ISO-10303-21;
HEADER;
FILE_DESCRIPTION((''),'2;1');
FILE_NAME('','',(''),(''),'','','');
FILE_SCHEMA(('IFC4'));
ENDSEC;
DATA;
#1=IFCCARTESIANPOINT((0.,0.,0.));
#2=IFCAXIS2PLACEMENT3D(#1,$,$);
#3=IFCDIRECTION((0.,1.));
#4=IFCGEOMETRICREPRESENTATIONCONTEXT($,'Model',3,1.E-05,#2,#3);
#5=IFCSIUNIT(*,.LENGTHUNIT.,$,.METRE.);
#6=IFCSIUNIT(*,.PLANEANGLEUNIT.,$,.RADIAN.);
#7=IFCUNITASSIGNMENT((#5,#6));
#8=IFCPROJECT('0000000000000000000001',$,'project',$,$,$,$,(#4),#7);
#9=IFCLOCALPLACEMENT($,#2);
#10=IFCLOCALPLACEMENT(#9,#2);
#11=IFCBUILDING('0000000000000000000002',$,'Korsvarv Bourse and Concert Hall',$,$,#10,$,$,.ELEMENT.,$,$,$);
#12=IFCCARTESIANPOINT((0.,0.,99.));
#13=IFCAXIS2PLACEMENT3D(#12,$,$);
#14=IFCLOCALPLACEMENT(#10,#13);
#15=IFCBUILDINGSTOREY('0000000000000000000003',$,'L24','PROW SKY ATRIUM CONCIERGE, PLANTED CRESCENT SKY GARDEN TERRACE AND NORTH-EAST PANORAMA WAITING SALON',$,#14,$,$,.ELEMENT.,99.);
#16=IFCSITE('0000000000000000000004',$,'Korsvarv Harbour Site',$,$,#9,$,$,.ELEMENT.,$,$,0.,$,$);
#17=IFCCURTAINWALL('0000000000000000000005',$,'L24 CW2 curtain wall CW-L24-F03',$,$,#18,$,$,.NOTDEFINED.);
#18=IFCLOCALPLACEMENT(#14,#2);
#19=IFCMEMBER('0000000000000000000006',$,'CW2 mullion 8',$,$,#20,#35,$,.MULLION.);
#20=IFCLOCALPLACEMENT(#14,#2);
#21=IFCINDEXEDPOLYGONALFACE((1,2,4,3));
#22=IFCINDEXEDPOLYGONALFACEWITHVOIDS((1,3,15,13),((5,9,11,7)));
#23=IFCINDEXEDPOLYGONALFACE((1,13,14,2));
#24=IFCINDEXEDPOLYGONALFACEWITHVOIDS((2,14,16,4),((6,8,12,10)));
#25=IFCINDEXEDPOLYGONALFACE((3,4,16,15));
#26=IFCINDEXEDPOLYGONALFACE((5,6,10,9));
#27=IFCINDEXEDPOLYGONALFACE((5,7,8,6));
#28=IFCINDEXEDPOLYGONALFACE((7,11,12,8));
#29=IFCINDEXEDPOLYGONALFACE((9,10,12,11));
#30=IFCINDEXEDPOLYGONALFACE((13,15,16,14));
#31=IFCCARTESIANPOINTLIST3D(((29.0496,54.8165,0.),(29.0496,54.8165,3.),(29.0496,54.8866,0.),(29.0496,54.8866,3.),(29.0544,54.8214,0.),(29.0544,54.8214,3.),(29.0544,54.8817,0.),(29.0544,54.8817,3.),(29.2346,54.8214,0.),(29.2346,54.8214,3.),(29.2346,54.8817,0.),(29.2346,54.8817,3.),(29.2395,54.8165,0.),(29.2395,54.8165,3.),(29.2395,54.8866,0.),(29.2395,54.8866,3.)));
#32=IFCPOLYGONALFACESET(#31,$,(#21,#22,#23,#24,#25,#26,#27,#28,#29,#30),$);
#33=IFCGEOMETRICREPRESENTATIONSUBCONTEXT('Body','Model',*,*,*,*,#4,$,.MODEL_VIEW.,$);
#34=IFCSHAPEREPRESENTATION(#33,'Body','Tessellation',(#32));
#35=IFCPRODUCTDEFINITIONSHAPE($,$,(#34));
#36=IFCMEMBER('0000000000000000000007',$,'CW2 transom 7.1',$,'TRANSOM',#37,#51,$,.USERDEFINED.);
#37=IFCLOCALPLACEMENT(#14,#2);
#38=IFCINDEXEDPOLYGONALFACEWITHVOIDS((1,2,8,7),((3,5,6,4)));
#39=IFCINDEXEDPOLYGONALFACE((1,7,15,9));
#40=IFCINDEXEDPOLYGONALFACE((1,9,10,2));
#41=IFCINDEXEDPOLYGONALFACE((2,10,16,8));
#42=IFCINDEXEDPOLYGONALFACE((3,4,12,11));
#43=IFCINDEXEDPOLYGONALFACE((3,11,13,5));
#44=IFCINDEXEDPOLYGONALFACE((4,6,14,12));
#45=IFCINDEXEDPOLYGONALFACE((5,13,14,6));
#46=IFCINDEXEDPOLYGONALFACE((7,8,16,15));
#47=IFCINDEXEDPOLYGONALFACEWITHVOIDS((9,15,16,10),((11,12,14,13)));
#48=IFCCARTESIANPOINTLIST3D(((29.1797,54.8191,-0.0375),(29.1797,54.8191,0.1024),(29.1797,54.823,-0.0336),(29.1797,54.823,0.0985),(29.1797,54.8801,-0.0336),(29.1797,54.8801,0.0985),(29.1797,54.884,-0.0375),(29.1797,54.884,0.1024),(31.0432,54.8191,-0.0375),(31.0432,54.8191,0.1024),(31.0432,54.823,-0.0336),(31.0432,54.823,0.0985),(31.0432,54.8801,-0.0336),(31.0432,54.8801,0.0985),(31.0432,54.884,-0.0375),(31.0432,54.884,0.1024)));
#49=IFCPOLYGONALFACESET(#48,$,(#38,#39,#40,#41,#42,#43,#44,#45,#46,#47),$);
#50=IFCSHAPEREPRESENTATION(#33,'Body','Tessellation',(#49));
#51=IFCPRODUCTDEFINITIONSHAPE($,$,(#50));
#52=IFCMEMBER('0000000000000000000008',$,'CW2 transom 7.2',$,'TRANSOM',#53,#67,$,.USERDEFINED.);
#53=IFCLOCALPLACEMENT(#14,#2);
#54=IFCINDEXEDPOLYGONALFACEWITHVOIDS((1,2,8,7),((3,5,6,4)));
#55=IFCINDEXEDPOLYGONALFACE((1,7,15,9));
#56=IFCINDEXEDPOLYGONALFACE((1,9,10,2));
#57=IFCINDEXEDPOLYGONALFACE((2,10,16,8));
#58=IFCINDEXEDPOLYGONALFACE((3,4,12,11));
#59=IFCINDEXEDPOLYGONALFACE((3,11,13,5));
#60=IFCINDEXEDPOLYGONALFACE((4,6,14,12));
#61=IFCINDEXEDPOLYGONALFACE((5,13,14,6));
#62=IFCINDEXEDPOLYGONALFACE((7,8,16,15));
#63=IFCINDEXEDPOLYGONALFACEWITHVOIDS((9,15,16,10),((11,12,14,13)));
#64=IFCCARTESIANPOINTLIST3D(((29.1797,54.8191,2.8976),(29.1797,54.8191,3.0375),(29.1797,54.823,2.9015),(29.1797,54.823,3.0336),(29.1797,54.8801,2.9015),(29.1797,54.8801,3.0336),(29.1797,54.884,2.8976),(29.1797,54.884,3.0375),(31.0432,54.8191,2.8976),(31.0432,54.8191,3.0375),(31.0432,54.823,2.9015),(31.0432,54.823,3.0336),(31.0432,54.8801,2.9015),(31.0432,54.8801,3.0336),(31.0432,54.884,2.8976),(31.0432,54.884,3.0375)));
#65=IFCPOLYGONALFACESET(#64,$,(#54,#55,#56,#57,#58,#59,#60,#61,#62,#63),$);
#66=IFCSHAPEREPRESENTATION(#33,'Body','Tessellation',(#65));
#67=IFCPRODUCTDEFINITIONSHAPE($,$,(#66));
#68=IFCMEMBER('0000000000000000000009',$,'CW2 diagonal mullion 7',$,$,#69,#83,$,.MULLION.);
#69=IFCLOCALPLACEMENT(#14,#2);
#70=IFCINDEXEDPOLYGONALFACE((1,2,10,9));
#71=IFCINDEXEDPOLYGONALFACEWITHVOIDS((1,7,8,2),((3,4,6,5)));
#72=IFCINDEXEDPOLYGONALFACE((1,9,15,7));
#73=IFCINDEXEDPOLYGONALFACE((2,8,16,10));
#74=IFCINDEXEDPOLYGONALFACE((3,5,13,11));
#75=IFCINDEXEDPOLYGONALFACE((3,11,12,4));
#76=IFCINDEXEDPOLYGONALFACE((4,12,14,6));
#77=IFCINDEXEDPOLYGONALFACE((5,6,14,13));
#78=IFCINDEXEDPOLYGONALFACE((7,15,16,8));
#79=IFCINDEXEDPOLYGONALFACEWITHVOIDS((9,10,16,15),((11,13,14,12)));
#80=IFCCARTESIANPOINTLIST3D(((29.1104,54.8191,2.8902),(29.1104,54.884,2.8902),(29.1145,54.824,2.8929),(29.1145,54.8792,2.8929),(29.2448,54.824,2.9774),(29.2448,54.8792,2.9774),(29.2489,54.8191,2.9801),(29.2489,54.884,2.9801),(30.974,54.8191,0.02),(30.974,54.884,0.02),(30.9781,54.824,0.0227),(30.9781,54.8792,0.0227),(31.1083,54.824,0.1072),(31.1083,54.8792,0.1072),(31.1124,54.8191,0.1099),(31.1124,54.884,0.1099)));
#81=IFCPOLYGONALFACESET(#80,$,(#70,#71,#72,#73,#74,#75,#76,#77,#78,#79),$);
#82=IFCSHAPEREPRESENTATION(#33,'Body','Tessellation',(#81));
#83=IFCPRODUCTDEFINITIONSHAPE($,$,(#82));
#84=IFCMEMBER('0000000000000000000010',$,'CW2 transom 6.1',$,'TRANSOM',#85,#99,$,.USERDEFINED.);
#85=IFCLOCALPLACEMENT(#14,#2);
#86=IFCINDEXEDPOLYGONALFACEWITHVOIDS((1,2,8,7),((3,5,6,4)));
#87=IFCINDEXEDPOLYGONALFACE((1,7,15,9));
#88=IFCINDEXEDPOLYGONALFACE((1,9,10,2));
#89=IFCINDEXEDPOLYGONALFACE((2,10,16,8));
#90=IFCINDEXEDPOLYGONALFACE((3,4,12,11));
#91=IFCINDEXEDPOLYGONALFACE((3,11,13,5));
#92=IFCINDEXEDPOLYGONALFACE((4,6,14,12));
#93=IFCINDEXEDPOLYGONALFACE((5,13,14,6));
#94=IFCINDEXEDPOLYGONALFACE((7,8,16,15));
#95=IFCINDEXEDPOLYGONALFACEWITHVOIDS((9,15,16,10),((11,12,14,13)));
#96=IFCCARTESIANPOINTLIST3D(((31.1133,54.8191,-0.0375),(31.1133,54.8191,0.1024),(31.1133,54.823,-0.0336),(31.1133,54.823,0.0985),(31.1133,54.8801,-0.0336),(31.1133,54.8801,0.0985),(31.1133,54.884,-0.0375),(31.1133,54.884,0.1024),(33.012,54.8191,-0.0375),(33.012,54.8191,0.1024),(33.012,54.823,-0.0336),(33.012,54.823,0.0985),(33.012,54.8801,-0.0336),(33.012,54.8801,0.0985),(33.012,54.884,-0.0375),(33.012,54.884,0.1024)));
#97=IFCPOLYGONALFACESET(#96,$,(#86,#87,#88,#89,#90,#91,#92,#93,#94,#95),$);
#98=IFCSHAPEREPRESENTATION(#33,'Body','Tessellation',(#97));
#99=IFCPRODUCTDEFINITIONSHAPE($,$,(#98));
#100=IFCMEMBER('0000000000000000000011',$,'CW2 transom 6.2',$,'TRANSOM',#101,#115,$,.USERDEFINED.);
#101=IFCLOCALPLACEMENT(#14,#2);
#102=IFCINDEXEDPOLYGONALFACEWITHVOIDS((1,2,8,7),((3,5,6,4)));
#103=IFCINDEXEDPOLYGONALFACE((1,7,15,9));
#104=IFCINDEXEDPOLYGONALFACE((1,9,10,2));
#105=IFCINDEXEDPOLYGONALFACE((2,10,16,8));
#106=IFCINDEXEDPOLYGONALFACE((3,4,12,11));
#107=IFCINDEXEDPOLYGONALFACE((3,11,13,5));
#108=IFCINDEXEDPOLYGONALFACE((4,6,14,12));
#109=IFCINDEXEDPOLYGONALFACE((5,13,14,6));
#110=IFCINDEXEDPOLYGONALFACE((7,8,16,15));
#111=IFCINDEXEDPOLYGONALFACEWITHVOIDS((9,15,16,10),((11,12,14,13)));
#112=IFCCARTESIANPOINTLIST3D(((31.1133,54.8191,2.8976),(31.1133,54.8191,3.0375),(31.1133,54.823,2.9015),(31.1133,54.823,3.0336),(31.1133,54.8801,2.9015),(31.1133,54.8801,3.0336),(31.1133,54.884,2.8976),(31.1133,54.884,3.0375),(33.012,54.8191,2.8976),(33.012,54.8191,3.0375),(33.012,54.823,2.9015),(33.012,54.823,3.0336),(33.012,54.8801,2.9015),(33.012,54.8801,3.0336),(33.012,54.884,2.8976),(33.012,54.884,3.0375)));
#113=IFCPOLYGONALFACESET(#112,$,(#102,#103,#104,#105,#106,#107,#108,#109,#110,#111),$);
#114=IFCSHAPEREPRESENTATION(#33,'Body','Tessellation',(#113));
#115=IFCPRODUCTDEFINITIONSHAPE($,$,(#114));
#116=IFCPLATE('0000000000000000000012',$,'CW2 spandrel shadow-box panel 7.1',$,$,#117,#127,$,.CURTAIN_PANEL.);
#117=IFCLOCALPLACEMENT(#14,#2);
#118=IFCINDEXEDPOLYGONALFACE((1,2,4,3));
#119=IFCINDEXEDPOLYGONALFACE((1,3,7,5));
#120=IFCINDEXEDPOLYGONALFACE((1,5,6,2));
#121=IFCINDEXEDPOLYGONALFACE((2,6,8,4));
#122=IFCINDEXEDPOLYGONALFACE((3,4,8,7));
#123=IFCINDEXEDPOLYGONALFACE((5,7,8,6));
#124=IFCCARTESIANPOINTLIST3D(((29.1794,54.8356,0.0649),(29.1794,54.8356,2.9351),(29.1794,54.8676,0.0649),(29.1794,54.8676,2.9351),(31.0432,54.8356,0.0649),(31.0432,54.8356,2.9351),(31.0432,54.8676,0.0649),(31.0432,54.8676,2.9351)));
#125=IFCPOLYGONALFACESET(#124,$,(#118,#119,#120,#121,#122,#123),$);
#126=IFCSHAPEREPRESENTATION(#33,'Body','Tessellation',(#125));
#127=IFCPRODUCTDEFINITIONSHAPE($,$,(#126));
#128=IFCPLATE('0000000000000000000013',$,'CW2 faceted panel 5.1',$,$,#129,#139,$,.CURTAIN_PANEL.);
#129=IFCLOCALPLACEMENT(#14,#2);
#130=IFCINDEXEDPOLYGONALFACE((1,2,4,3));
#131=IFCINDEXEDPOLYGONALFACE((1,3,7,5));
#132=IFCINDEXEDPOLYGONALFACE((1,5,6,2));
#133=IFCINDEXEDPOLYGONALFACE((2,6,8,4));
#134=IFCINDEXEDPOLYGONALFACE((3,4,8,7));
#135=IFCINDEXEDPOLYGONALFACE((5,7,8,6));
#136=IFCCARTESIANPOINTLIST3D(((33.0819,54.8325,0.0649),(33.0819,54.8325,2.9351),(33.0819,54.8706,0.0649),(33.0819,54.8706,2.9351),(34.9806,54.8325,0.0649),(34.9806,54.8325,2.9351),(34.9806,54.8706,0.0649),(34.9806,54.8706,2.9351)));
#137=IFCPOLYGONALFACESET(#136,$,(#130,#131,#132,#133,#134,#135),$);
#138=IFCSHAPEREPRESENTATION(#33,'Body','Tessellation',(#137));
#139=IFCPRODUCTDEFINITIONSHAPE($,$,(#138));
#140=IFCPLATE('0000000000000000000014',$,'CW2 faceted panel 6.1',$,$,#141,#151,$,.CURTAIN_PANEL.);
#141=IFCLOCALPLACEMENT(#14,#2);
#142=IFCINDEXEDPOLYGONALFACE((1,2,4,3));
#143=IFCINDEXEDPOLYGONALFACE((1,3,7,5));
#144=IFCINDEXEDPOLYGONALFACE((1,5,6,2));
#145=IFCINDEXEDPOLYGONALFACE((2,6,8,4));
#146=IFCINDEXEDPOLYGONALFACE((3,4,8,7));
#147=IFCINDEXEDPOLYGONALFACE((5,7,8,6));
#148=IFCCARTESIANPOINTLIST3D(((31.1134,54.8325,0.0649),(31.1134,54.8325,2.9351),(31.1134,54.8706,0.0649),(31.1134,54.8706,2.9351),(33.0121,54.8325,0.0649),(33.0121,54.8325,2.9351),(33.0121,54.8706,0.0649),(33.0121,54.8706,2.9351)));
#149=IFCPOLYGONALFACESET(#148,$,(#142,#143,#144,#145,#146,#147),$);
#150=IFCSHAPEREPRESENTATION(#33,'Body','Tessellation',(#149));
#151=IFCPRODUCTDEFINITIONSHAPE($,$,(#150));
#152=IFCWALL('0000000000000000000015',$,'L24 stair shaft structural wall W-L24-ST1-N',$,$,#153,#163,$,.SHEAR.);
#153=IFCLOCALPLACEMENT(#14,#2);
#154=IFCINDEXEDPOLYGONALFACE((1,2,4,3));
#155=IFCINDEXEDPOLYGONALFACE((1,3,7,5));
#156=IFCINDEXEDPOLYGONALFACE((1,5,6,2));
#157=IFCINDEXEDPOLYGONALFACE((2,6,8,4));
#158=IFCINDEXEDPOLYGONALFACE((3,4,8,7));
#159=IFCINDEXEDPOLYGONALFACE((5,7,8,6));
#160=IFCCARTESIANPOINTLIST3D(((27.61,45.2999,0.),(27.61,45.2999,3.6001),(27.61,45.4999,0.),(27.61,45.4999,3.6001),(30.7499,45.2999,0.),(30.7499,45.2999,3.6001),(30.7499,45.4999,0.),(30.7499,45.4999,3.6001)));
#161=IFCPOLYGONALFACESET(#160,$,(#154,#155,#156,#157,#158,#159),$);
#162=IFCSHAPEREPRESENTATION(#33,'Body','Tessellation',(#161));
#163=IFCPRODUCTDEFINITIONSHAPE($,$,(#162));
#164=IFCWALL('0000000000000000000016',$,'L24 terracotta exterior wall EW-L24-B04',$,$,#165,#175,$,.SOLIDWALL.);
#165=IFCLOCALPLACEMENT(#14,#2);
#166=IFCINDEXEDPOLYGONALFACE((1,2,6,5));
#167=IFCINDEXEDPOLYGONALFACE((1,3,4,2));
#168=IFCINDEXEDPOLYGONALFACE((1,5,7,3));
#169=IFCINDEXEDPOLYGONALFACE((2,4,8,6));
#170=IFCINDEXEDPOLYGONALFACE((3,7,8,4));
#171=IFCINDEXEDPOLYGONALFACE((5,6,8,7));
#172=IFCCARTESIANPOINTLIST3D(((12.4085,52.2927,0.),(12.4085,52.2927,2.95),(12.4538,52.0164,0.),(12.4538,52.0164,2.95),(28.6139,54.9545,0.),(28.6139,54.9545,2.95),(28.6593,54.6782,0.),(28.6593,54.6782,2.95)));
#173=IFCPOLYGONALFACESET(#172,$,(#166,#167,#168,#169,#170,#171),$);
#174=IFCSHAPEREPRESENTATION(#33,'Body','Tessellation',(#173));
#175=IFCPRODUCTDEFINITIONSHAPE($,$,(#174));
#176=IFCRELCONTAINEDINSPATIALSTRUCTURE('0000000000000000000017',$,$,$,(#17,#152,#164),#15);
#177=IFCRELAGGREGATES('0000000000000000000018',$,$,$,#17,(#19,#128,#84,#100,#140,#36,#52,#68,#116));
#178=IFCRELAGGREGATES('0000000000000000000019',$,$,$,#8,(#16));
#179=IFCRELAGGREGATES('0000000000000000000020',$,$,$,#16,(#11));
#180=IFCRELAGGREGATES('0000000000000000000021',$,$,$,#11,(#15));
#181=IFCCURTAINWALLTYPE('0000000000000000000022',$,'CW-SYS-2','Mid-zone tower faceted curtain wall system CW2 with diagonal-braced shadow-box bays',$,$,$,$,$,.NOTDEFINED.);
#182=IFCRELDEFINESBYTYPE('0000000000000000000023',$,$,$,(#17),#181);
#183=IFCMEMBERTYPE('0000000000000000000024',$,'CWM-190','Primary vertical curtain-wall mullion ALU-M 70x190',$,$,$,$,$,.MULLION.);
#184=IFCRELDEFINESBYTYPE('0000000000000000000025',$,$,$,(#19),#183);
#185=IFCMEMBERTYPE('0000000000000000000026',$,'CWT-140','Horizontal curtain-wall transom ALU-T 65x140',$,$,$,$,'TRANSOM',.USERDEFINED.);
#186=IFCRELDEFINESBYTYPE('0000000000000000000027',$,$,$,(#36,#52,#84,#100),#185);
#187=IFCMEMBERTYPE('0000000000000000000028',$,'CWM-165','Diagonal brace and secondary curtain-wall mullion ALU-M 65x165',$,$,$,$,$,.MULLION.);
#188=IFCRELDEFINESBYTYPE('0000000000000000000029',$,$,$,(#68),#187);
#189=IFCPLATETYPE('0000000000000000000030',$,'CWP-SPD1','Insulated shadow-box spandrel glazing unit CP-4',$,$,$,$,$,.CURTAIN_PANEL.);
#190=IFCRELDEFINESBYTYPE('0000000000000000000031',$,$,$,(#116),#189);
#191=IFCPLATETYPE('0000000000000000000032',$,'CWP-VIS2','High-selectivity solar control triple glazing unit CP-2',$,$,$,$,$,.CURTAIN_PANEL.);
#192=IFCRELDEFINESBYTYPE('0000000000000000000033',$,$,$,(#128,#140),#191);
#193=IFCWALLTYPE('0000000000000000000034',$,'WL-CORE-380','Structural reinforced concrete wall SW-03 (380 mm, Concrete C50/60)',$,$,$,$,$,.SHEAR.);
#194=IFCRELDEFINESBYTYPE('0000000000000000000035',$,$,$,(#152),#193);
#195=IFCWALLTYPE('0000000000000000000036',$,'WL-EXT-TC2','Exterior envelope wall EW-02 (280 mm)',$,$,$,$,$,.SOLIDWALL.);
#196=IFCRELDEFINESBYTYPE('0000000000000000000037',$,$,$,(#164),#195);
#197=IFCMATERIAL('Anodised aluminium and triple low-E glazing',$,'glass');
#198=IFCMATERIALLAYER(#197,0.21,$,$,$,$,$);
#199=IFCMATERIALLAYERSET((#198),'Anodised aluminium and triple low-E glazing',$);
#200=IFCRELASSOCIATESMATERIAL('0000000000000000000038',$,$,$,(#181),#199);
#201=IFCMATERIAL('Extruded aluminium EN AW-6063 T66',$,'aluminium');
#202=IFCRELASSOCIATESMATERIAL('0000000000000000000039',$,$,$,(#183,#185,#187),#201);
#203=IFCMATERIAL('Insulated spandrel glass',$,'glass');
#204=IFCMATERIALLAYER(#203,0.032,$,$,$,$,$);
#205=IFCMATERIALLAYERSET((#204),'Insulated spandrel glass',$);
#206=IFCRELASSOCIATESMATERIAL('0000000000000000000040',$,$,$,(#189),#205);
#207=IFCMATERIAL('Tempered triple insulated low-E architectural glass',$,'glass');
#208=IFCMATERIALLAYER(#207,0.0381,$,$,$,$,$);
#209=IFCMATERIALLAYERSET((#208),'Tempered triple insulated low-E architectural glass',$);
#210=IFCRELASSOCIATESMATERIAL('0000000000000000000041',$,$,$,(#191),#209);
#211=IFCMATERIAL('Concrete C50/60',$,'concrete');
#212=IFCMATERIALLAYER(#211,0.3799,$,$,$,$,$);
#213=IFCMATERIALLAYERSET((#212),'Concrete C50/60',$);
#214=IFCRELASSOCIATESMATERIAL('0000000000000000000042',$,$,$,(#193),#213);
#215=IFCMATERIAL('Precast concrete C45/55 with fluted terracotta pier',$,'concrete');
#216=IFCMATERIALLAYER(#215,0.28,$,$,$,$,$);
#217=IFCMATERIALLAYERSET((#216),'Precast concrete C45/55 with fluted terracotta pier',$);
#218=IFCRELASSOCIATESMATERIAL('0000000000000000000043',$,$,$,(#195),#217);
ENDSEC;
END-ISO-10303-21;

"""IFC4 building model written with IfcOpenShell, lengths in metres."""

from ifc_helpers import new_model, si_unit, direction, frame, frame_2d, origin, origin_2d, place, context, subcontext, project, spatial, rectangle, hollow_rectangle, extrude, source, transform, mapped, material, layer, layer_set, material_profile, profile_set, type_object, element, aggregate, save


model = new_model("IFC4")

# Units and contexts
model_context = context("Model", 3, precision=1e-05, world=origin(), true_north=direction((0.0, 1.0)))
body_context = subcontext(model_context, "Body", "Model", "MODEL_VIEW")
ifc_project = project(units=[si_unit("LENGTHUNIT", "METRE"), si_unit("PLANEANGLEUNIT", "RADIAN")], contexts=[model_context])

# Site, building, storey
site_placement = place(None, origin())
site = spatial("IfcSite", under=ifc_project, at=site_placement, Name="Korsvarv Harbour Site", CompositionType="ELEMENT", RefElevation=0.0)
building_placement = place(site_placement, origin())
building = spatial("IfcBuilding", under=site, at=building_placement, Name="Korsvarv Bourse and Concert Hall", CompositionType="ELEMENT")
storey_placement = place(building_placement, frame((0.0, 0.0, 99.0)))
storey = spatial("IfcBuildingStorey", under=building, at=storey_placement, Name="L24", Description="PROW SKY ATRIUM CONCIERGE, PLANTED CRESCENT SKY GARDEN TERRACE AND NORTH-EAST PANORAMA WAITING SALON", CompositionType="ELEMENT", Elevation=99.0)

# Curtain wall, members, plates
ifc_material_1 = material(Name="Anodised aluminium and triple low-E glazing", Category="glass")
ifc_layer_1 = layer(ifc_material_1, 0.21)
ifc_layer_set_1 = layer_set([ifc_layer_1], Name="Anodised aluminium and triple low-E glazing")
curtain_wall_type = type_object("IfcCurtainWallType", Name="CW-SYS-2", Description="Mid-zone tower faceted curtain wall system CW2 with diagonal-braced shadow-box bays", PredefinedType="NOTDEFINED", material=ifc_layer_set_1)
curtain_wall_placement = place(storey_placement, origin())
curtain_wall = element("IfcCurtainWall", 1, at=curtain_wall_placement, inside=storey, type_object=curtain_wall_type, Name="L24 CW2 curtain wall CW-L24-F03", PredefinedType="NOTDEFINED")
ifc_material_2 = material(Name="Extruded aluminium EN AW-6063 T66", Category="aluminium")
ifc_material_profile_1 = material_profile(ifc_material_2, hollow_rectangle(XDim=0.0701, YDim=0.1899, WallThickness=0.0049, at=origin_2d()), Name="ALU-M 70x190")
ifc_profile_set_1 = profile_set([ifc_material_profile_1], Name="Extruded aluminium EN AW-6063 T66")
member_type_1 = type_object("IfcMemberType", Name="CWM-190", Description="Primary vertical curtain-wall mullion ALU-M 70x190", PredefinedType="MULLION", material=ifc_profile_set_1)
shared_shape_1 = source(origin(), body_context, "Body", "SweptSolid", [
    extrude(hollow_rectangle(XDim=0.0701, YDim=0.1899, WallThickness=0.0049, at=origin_2d()), origin(), (0.0, 0.0, 1.0), 3.0),
])
member_1_placement = place(storey_placement, frame((29.1445, 54.8516, 0.0), z_axis=(0.0, 0.0, 1.0), x_axis=(0.0, -1.0, 0.0)))
member_1 = element("IfcMember", 2, at=member_1_placement, type_object=member_type_1, Name="CW2 mullion 8", PredefinedType="MULLION", context=body_context, shape_type="MappedRepresentation", body=[
    mapped(shared_shape_1, transform((0.0, 0.0, 0.0), scale=1.0)),
])
ifc_material_profile_2 = material_profile(ifc_material_2, hollow_rectangle(XDim=0.0649, YDim=0.1399, WallThickness=0.0039, at=origin_2d()), Name="ALU-T 65x140")
ifc_profile_set_2 = profile_set([ifc_material_profile_2], Name="Extruded aluminium EN AW-6063 T66")
member_type_2 = type_object("IfcMemberType", Name="CWT-140", Description="Horizontal curtain-wall transom ALU-T 65x140", ElementType="TRANSOM", PredefinedType="USERDEFINED", material=ifc_profile_set_2)
shared_shape_2 = source(origin(), body_context, "Body", "SweptSolid", [
    extrude(hollow_rectangle(XDim=0.0649, YDim=0.1399, WallThickness=0.0039, at=origin_2d()), origin(), (0.0, 0.0, 1.0), 1.8635),
])
member_2_placement = place(storey_placement, frame((31.0432, 54.8516, 0.0325), z_axis=(-1.0, 0.0, 0.0), x_axis=(0.0, -1.0, 0.0)))
member_2 = element("IfcMember", 3, at=member_2_placement, type_object=member_type_2, Name="CW2 transom 7.1", ObjectType="TRANSOM", PredefinedType="USERDEFINED", context=body_context, shape_type="MappedRepresentation", body=[
    mapped(shared_shape_2, transform((0.0, 0.0, 0.0), scale=1.0)),
])
member_3_placement = place(storey_placement, frame((31.0432, 54.8516, 2.9675), z_axis=(-1.0, 0.0, 0.0), x_axis=(0.0, -1.0, 0.0)))
member_3 = element("IfcMember", 4, at=member_3_placement, type_object=member_type_2, Name="CW2 transom 7.2", ObjectType="TRANSOM", PredefinedType="USERDEFINED", context=body_context, shape_type="MappedRepresentation", body=[
    mapped(shared_shape_2, transform((0.0, 0.0, 0.0), scale=1.0)),
])
ifc_material_profile_3 = material_profile(ifc_material_2, hollow_rectangle(XDim=0.0649, YDim=0.165, WallThickness=0.0049, at=origin_2d()), Name="ALU-M 65x165")
ifc_profile_set_3 = profile_set([ifc_material_profile_3], Name="Extruded aluminium EN AW-6063 T66")
member_type_3 = type_object("IfcMemberType", Name="CWM-165", Description="Diagonal brace and secondary curtain-wall mullion ALU-M 65x165", PredefinedType="MULLION", material=ifc_profile_set_3)
shared_shape_3 = source(origin(), body_context, "Body", "SweptSolid", [
    extrude(hollow_rectangle(XDim=0.0649, YDim=0.165, WallThickness=0.0049, at=origin_2d()), origin(), (0.0, 0.0, 1.0), 3.4221),
])
member_4_placement = place(storey_placement, frame((31.0432, 54.8516, 0.0649), z_axis=(-0.544567, 0.0, 0.838717), x_axis=(0.0, -1.0, 0.0)))
member_4 = element("IfcMember", 5, at=member_4_placement, type_object=member_type_3, Name="CW2 diagonal mullion 7", PredefinedType="MULLION", context=body_context, shape_type="MappedRepresentation", body=[
    mapped(shared_shape_3, transform((0.0, 0.0, 0.0), scale=1.0)),
])
shared_shape_4 = source(origin(), body_context, "Body", "SweptSolid", [
    extrude(hollow_rectangle(XDim=0.0649, YDim=0.1399, WallThickness=0.0039, at=origin_2d()), origin(), (0.0, 0.0, 1.0), 1.8987),
])
member_5_placement = place(storey_placement, frame((33.012, 54.8516, 0.0325), z_axis=(-1.0, 0.0, 0.0), x_axis=(0.0, -1.0, 0.0)))
member_5 = element("IfcMember", 6, at=member_5_placement, type_object=member_type_2, Name="CW2 transom 6.1", ObjectType="TRANSOM", PredefinedType="USERDEFINED", context=body_context, shape_type="MappedRepresentation", body=[
    mapped(shared_shape_4, transform((0.0, 0.0, 0.0), scale=1.0)),
])
member_6_placement = place(storey_placement, frame((33.012, 54.8516, 2.9675), z_axis=(-1.0, 0.0, 0.0), x_axis=(0.0, -1.0, 0.0)))
member_6 = element("IfcMember", 7, at=member_6_placement, type_object=member_type_2, Name="CW2 transom 6.2", ObjectType="TRANSOM", PredefinedType="USERDEFINED", context=body_context, shape_type="MappedRepresentation", body=[
    mapped(shared_shape_4, transform((0.0, 0.0, 0.0), scale=1.0)),
])
ifc_material_3 = material(Name="Insulated spandrel glass", Category="glass")
ifc_layer_2 = layer(ifc_material_3, 0.032)
ifc_layer_set_2 = layer_set([ifc_layer_2], Name="Insulated spandrel glass")
plate_type_1 = type_object("IfcPlateType", Name="CWP-SPD1", Description="Insulated shadow-box spandrel glazing unit CP-4", PredefinedType="CURTAIN_PANEL", material=ifc_layer_set_2)
shared_shape_5 = source(origin(), body_context, "Body", "SweptSolid", [
    extrude(rectangle(XDim=1.8638, YDim=0.032, at=origin_2d()), origin(), (0.0, 0.0, 1.0), 2.8701),
])
plate_1_placement = place(storey_placement, frame((30.1113, 54.8516, 0.0649), z_axis=(0.0, 0.0, 1.0), x_axis=(-1.0, 0.0, 0.0)))
plate_1 = element("IfcPlate", 8, at=plate_1_placement, type_object=plate_type_1, Name="CW2 spandrel shadow-box panel 7.1", PredefinedType="CURTAIN_PANEL", context=body_context, shape_type="MappedRepresentation", body=[
    mapped(shared_shape_5, transform((0.0, 0.0, 0.0), scale=1.0)),
])
ifc_material_4 = material(Name="Tempered triple insulated low-E architectural glass", Category="glass")
ifc_layer_3 = layer(ifc_material_4, 0.0381)
ifc_layer_set_3 = layer_set([ifc_layer_3], Name="Tempered triple insulated low-E architectural glass")
plate_type_2 = type_object("IfcPlateType", Name="CWP-VIS2", Description="High-selectivity solar control triple glazing unit CP-2", PredefinedType="CURTAIN_PANEL", material=ifc_layer_set_3)
shared_shape_6 = source(origin(), body_context, "Body", "SweptSolid", [
    extrude(rectangle(XDim=1.8987, YDim=0.0381, at=origin_2d()), origin(), (0.0, 0.0, 1.0), 2.8701),
])
plate_2_placement = place(storey_placement, frame((34.0312, 54.8516, 0.0649), z_axis=(0.0, 0.0, 1.0), x_axis=(-1.0, 0.0, 0.0)))
plate_2 = element("IfcPlate", 9, at=plate_2_placement, type_object=plate_type_2, Name="CW2 faceted panel 5.1", PredefinedType="CURTAIN_PANEL", context=body_context, shape_type="MappedRepresentation", body=[
    mapped(shared_shape_6, transform((0.0, 0.0, 0.0), scale=1.0)),
])
plate_3_placement = place(storey_placement, frame((32.0627, 54.8516, 0.0649), z_axis=(0.0, 0.0, 1.0), x_axis=(-1.0, 0.0, 0.0)))
plate_3 = element("IfcPlate", 10, at=plate_3_placement, type_object=plate_type_2, Name="CW2 faceted panel 6.1", PredefinedType="CURTAIN_PANEL", context=body_context, shape_type="MappedRepresentation", body=[
    mapped(shared_shape_6, transform((0.0, 0.0, 0.0), scale=1.0)),
])
aggregate(curtain_wall, [member_1, plate_2, member_5, member_6, plate_3, member_2, member_3, member_4, plate_1])

# Walls
ifc_material_5 = material(Name="Concrete C50/60", Category="concrete")
ifc_layer_4 = layer(ifc_material_5, 0.3799)
ifc_layer_set_4 = layer_set([ifc_layer_4], Name="Concrete C50/60")
wall_type_1 = type_object("IfcWallType", Name="WL-CORE-380", Description="Structural reinforced concrete wall SW-03 (380 mm, Concrete C50/60)", PredefinedType="SHEAR", material=ifc_layer_set_4)
wall_1_placement = place(storey_placement, frame((27.6101, 45.3999, 0.0), z_axis=(0.0, 0.0, 1.0), x_axis=(1.0, 0.0, 0.0)))
element("IfcWall", 11, at=wall_1_placement, inside=storey, type_object=wall_type_1, Name="L24 stair shaft structural wall W-L24-ST1-N", PredefinedType="SHEAR", context=body_context, shape_type="SweptSolid", body=[
    extrude(rectangle(XDim=3.1399, YDim=0.2, at=frame_2d((1.5698, 0.0))), origin(), (0.0, 0.0, 1.0), 3.6001),
])
ifc_material_6 = material(Name="Precast concrete C45/55 with fluted terracotta pier", Category="concrete")
ifc_layer_5 = layer(ifc_material_6, 0.28)
ifc_layer_set_5 = layer_set([ifc_layer_5], Name="Precast concrete C45/55 with fluted terracotta pier")
wall_type_2 = type_object("IfcWallType", Name="WL-EXT-TC2", Description="Exterior envelope wall EW-02 (280 mm)", PredefinedType="SOLIDWALL", material=ifc_layer_set_5)
wall_2_placement = place(storey_placement, frame((28.6367, 54.8164, 0.0), z_axis=(0.0, 0.0, 1.0), x_axis=(-0.986777, -0.162084, 0.0)))
element("IfcWall", 12, at=wall_2_placement, inside=storey, type_object=wall_type_2, Name="L24 terracotta exterior wall EW-L24-B04", PredefinedType="SOLIDWALL", context=body_context, shape_type="SweptSolid", body=[
    extrude(rectangle(XDim=16.4226, YDim=0.28, at=frame_2d((8.2114, 0.0))), origin(), (0.0, 0.0, 1.0), 2.95),
])

save(model, "model.ifc")
